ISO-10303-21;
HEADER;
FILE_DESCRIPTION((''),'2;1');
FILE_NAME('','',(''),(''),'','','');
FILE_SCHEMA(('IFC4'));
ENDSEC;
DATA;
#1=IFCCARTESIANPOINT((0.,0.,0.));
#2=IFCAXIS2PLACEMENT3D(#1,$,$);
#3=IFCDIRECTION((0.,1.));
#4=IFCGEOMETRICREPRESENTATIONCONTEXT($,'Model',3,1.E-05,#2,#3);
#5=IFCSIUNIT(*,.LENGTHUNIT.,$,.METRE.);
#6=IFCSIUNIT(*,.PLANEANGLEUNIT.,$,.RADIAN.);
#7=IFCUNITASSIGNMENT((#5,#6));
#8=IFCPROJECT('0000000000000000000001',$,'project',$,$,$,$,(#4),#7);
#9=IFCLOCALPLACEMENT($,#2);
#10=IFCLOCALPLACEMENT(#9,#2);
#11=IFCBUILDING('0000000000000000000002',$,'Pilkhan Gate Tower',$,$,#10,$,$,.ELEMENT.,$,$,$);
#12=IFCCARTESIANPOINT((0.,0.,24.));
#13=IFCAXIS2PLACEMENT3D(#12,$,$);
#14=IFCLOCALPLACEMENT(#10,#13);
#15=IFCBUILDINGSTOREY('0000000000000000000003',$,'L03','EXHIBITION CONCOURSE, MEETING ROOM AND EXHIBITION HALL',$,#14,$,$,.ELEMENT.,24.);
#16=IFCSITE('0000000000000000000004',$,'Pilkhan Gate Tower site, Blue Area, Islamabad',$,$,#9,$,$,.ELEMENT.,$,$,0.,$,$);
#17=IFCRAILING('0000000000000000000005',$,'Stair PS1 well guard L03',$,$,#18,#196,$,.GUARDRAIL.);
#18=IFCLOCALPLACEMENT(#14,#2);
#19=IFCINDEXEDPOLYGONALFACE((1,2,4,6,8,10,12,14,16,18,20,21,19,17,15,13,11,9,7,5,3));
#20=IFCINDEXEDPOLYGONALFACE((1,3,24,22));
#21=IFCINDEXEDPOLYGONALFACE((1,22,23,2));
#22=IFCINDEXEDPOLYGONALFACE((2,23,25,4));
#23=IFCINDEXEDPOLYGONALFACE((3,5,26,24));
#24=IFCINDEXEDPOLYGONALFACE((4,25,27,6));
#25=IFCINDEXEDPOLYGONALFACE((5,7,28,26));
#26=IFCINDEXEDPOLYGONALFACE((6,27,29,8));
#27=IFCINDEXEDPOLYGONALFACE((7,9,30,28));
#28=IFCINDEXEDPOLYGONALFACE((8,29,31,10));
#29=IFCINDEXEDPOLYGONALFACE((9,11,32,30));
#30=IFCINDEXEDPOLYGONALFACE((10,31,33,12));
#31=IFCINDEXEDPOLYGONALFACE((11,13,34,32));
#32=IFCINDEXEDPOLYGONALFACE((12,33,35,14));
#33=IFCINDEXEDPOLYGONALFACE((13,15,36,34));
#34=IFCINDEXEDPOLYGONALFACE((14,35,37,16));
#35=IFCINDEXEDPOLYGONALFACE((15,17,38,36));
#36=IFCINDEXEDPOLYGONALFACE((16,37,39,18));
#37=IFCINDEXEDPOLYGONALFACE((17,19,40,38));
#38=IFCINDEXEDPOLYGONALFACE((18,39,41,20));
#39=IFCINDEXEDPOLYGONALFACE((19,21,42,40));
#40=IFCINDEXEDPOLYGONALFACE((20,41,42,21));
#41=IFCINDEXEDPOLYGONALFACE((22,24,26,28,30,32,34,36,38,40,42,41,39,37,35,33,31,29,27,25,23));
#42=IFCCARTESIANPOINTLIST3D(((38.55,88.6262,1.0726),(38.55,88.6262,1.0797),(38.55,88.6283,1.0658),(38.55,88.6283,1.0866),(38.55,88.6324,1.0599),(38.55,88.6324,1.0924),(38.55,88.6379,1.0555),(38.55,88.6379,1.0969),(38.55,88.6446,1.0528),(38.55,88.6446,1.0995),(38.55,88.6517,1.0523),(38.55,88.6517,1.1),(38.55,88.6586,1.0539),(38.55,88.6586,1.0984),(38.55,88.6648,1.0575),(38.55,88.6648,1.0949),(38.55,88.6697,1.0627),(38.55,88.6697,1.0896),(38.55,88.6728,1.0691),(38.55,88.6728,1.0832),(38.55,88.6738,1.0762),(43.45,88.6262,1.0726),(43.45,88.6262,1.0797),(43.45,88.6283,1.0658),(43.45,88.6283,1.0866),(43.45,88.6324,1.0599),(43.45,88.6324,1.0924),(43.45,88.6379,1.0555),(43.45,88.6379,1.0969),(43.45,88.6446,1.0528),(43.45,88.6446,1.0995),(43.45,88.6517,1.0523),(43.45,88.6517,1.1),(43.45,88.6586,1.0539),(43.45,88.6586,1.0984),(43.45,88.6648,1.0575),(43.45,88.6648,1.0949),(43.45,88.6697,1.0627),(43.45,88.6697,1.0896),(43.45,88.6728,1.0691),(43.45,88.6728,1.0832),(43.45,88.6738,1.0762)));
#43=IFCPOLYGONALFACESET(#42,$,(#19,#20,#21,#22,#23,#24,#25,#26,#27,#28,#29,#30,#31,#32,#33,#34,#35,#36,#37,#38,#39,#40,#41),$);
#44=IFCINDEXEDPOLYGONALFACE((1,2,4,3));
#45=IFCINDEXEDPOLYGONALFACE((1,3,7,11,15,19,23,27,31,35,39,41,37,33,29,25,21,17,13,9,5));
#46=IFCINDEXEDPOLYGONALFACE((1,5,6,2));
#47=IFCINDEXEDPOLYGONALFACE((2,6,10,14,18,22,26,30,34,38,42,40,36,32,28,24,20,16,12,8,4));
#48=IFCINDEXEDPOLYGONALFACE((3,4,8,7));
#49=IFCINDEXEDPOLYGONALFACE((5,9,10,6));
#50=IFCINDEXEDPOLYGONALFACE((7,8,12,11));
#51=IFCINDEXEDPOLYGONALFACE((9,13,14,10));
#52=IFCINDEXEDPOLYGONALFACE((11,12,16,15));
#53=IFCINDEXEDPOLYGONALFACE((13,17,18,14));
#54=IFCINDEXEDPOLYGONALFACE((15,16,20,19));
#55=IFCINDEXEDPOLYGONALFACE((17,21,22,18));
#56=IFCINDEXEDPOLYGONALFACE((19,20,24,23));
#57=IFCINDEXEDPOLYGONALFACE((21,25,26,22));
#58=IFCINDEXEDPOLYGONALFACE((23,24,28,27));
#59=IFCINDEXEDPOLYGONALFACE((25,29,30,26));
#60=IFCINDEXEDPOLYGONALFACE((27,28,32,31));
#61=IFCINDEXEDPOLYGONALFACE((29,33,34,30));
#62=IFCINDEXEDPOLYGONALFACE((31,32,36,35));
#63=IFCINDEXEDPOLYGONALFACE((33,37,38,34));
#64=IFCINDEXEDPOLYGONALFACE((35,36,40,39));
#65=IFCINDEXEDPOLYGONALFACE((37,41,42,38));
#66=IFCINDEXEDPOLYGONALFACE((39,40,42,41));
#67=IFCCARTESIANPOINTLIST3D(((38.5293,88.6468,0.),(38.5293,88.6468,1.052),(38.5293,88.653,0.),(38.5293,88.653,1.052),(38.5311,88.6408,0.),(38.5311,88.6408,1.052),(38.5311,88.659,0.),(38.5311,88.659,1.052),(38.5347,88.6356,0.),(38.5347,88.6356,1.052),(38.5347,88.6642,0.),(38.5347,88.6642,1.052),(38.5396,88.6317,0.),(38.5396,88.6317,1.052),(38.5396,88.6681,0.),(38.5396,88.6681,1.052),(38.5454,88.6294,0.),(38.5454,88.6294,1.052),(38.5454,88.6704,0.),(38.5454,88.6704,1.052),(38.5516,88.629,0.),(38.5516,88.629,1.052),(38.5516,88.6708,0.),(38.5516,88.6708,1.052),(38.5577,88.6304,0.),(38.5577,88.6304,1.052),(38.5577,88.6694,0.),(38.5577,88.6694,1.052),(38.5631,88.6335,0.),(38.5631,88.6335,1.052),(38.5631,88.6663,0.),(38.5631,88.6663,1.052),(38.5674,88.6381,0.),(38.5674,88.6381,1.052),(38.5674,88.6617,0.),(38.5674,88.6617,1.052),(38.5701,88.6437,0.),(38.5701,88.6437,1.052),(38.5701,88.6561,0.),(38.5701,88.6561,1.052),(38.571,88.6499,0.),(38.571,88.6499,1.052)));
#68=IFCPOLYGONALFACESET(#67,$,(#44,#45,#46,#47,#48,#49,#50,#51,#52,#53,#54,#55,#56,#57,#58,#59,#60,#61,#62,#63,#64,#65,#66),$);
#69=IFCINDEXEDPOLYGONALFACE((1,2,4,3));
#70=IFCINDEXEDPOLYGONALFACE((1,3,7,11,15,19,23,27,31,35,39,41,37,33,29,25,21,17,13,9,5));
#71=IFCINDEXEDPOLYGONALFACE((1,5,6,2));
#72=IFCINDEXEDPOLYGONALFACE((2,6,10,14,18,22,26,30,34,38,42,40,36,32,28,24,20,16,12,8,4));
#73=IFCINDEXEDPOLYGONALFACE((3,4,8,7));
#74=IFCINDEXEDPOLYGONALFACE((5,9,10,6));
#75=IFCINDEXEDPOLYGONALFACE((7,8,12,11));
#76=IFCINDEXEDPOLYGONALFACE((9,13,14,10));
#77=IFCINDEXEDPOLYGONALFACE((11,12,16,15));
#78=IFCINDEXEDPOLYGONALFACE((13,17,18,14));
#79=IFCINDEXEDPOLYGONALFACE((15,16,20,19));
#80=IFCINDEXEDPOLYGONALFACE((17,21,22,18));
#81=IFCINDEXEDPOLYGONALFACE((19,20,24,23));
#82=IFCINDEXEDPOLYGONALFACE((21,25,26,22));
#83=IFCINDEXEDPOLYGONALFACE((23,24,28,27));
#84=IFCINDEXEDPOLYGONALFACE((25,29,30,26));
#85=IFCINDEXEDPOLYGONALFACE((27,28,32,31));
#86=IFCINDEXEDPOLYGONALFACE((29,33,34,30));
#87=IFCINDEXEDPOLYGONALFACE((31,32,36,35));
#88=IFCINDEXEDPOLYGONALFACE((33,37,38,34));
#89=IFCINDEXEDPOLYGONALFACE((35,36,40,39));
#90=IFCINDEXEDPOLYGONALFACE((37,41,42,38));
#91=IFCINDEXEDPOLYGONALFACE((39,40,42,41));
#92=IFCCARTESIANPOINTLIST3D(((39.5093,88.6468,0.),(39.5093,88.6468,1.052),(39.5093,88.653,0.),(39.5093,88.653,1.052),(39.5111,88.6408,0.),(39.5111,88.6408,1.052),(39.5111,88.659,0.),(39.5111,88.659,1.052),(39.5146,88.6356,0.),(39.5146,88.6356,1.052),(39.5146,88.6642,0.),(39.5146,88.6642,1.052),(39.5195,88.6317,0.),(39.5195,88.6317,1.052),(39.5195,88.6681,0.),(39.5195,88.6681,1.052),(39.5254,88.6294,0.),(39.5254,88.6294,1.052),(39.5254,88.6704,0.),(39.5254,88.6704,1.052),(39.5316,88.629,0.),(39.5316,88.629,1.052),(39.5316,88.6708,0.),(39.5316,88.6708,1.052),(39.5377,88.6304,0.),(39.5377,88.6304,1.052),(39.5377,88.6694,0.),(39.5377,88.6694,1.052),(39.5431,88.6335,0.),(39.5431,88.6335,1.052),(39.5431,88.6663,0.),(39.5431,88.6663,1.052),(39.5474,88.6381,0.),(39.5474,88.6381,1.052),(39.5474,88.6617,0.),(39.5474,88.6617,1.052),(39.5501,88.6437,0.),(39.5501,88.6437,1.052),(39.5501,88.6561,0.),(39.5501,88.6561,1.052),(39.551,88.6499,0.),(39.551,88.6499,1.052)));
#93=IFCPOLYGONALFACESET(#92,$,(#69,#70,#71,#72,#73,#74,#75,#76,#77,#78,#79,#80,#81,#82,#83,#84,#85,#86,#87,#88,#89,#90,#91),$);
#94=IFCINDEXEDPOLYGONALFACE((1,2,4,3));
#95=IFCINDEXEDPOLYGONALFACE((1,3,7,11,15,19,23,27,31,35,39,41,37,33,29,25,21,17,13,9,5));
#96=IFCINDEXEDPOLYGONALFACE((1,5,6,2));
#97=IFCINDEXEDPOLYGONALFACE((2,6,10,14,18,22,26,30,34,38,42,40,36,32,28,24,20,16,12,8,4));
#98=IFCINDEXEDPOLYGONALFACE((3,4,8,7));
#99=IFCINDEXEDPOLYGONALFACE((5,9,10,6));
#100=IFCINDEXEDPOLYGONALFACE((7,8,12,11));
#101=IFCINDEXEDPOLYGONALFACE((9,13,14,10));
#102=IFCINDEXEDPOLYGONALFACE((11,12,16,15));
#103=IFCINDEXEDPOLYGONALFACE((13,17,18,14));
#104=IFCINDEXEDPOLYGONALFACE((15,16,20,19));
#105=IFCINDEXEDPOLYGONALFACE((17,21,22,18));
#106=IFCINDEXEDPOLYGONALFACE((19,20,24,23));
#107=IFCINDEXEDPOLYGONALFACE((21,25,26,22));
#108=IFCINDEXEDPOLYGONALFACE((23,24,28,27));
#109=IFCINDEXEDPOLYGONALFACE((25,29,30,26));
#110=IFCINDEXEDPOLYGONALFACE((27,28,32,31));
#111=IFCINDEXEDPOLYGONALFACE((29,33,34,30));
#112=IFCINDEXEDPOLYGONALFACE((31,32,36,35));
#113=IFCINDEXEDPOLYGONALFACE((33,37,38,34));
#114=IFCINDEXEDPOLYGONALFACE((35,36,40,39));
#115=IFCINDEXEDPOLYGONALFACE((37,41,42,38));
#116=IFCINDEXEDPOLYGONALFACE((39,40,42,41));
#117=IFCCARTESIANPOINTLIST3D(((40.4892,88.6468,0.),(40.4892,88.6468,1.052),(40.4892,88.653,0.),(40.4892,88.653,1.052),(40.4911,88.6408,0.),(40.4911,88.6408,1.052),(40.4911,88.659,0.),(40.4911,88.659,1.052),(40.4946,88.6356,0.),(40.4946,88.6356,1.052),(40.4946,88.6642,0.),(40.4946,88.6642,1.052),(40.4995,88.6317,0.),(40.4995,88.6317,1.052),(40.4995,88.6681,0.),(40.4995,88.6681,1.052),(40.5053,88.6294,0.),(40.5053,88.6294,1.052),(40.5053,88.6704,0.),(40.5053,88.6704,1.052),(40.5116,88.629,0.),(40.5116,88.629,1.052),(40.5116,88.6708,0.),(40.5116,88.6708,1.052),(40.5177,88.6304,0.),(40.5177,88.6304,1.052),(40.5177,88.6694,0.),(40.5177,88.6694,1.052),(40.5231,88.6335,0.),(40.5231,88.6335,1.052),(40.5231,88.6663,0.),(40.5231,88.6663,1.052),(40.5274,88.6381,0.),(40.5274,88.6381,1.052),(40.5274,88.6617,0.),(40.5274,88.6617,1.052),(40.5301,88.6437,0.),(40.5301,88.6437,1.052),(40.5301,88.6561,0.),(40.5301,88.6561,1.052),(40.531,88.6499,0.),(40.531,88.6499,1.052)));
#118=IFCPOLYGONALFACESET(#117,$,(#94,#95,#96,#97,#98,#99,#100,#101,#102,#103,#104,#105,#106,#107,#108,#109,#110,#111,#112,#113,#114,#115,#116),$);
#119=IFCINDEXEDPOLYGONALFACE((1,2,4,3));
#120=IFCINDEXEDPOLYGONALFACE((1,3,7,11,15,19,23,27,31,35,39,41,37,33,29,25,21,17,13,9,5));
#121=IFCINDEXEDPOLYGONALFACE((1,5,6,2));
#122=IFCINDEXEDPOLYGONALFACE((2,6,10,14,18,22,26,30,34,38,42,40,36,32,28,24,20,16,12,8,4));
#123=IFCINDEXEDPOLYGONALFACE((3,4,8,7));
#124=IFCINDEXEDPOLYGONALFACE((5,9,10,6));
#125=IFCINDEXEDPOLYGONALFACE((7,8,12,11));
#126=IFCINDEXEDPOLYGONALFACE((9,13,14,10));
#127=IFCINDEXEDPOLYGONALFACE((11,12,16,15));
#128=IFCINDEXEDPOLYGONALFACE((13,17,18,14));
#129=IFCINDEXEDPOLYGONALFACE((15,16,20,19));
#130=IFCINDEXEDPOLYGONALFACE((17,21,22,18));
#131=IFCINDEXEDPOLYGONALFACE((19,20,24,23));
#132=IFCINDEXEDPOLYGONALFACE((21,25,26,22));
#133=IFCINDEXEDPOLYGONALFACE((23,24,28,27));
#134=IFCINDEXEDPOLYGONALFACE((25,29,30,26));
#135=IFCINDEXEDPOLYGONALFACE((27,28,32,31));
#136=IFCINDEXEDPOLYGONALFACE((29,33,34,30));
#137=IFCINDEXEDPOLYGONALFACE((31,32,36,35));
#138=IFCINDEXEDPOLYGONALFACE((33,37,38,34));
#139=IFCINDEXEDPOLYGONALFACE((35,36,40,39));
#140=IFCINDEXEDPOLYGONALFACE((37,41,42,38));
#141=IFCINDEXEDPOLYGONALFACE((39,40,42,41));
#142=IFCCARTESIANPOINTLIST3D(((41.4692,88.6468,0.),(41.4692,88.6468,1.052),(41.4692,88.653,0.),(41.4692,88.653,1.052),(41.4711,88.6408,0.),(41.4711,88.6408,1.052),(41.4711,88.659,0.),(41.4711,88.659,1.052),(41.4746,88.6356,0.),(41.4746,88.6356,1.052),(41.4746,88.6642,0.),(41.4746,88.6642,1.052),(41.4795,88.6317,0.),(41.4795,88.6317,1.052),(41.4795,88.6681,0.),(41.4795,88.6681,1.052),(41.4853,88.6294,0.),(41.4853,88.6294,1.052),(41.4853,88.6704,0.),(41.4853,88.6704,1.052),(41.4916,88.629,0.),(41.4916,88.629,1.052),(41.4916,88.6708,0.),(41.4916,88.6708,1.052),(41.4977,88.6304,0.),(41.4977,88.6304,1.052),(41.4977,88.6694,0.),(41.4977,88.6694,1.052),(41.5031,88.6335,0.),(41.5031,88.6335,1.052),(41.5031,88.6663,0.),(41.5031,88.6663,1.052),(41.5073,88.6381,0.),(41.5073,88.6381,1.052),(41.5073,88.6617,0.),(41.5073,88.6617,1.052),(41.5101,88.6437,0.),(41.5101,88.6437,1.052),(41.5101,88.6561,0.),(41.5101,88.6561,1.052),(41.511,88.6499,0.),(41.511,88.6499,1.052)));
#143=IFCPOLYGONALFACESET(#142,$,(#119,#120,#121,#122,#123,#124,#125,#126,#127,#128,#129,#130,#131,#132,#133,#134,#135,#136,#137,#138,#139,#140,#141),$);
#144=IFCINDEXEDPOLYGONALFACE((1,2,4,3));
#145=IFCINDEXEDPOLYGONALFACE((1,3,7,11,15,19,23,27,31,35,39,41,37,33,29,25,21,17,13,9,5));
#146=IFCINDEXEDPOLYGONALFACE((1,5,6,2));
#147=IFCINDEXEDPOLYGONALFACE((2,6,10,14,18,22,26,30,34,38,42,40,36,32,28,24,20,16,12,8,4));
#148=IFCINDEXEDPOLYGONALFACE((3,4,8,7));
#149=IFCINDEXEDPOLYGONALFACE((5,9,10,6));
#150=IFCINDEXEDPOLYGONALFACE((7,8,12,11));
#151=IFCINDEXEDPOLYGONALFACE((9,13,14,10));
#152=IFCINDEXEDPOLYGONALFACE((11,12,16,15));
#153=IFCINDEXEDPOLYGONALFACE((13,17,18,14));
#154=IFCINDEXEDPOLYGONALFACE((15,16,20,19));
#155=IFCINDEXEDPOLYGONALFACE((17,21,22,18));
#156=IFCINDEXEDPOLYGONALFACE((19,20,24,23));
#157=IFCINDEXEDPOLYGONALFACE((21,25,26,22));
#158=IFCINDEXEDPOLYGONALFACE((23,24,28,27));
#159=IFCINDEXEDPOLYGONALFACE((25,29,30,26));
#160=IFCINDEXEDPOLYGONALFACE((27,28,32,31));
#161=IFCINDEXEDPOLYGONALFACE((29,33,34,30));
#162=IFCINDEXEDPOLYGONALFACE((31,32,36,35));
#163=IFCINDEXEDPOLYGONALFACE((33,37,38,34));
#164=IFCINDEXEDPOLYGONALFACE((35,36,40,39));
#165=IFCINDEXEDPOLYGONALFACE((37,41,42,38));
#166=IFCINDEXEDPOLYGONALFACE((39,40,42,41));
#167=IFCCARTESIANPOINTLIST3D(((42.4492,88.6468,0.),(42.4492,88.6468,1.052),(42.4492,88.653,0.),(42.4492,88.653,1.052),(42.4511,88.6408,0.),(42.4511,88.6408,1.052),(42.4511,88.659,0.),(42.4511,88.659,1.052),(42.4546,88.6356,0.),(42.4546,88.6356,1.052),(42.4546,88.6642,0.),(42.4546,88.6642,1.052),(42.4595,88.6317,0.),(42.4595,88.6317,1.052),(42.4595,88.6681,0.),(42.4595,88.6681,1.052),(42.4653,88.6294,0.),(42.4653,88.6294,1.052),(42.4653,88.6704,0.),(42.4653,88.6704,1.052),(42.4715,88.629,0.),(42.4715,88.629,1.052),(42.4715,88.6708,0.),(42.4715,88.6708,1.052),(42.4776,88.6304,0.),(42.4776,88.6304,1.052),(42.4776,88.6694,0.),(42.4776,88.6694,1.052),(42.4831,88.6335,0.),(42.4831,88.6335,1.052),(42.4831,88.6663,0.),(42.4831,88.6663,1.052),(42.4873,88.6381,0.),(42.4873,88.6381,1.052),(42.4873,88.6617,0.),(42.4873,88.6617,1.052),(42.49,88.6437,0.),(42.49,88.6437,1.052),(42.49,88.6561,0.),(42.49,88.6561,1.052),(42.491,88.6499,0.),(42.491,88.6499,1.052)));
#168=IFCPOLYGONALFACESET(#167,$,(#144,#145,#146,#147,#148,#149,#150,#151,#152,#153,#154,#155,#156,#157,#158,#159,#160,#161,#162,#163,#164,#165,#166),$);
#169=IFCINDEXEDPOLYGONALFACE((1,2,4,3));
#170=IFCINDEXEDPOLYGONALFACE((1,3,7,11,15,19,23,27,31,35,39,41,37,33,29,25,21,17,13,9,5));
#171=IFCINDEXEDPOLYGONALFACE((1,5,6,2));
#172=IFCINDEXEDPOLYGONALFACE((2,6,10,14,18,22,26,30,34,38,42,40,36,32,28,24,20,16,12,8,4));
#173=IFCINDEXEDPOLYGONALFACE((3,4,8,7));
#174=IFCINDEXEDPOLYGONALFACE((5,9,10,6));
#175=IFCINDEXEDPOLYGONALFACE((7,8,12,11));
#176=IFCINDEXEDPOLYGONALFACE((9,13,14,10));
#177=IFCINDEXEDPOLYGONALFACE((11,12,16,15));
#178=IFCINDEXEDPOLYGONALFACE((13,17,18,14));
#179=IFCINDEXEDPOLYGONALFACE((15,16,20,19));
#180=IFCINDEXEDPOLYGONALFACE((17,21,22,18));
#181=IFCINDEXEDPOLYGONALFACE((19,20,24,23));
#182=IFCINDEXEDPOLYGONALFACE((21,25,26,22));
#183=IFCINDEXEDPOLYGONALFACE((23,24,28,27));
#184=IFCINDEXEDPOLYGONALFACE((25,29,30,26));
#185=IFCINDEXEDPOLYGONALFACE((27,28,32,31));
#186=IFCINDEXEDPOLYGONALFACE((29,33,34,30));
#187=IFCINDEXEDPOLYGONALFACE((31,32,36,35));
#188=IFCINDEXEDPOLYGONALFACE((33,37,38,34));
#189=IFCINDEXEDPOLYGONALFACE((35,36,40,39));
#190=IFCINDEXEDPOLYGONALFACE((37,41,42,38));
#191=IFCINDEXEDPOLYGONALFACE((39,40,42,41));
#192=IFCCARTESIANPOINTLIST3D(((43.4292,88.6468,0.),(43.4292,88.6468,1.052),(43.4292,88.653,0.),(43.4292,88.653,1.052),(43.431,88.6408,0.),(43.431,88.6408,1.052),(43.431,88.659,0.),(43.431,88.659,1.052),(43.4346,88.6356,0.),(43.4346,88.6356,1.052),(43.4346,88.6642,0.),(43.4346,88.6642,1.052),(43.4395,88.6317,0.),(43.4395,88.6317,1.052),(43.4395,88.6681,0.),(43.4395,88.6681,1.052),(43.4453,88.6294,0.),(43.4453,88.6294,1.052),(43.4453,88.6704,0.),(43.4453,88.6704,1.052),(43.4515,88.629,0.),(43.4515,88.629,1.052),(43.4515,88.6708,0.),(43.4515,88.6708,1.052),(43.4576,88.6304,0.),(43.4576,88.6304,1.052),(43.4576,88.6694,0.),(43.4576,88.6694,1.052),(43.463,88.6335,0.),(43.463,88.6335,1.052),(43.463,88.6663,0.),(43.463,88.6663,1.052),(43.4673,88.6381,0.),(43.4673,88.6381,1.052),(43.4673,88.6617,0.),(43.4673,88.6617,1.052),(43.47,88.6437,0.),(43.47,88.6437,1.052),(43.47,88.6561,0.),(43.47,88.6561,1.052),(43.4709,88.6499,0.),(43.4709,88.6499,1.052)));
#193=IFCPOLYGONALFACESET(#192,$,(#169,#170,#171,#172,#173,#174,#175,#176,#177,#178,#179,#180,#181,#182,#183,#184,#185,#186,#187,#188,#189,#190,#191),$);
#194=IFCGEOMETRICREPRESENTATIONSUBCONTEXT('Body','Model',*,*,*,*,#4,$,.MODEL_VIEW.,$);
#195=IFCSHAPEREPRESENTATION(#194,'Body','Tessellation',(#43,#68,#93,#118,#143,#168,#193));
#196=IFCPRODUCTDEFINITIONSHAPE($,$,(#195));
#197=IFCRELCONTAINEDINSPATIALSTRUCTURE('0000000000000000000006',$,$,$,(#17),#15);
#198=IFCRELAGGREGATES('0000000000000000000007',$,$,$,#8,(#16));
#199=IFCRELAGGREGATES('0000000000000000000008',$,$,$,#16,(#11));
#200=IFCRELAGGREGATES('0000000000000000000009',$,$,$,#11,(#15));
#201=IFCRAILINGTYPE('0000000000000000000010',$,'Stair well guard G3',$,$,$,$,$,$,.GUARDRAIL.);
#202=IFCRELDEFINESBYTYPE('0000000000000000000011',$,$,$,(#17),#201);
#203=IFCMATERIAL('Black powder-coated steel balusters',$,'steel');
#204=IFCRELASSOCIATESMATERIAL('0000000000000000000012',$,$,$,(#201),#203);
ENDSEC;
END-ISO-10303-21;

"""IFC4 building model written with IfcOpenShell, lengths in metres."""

from ifc_helpers import new_model, si_unit, direction, frame, origin, origin_2d, place, context, subcontext, project, spatial, circle, extrude, material, type_object, element, save


model = new_model("IFC4")

# Units and contexts
model_context = context("Model", 3, precision=1e-05, world=origin(), true_north=direction((0.0, 1.0)))
body_context = subcontext(model_context, "Body", "Model", "MODEL_VIEW")
ifc_project = project(units=[si_unit("LENGTHUNIT", "METRE"), si_unit("PLANEANGLEUNIT", "RADIAN")], contexts=[model_context])

# Site, building, storey
site_placement = place(None, origin())
site = spatial("IfcSite", under=ifc_project, at=site_placement, Name="Pilkhan Gate Tower site, Blue Area, Islamabad", CompositionType="ELEMENT", RefElevation=0.0)
building_placement = place(site_placement, origin())
building = spatial("IfcBuilding", under=site, at=building_placement, Name="Pilkhan Gate Tower", CompositionType="ELEMENT")
storey_placement = place(building_placement, frame((0.0, 0.0, 24.0)))
storey = spatial("IfcBuildingStorey", under=building, at=storey_placement, Name="L03", Description="EXHIBITION CONCOURSE, MEETING ROOM AND EXHIBITION HALL", CompositionType="ELEMENT", Elevation=24.0)

# Railing
ifc_material_1 = material(Name="Black powder-coated steel balusters", Category="steel")
railing_type = type_object("IfcRailingType", Name="Stair well guard G3", PredefinedType="GUARDRAIL", material=ifc_material_1)
railing_1_placement = place(storey_placement, frame((38.55, 88.6499, 0.0)))
element("IfcRailing", 1, at=railing_1_placement, inside=storey, type_object=railing_type, Name="Stair PS1 well guard L03", PredefinedType="GUARDRAIL", context=body_context, shape_type="SweptSolid", body=[
    extrude(circle(Radius=0.0239, at=origin_2d()), frame((0.0, 0.0, 1.0762), z_axis=(1.0, 0.0, 0.0), x_axis=(0.0, 1.0, 0.0)), (0.0, 0.0, 1.0), 4.8999),
    extrude(circle(Radius=0.021, at=origin_2d()), origin(), (0.0, 0.0, 1.0), 1.052),
    extrude(circle(Radius=0.021, at=origin_2d()), frame((0.98, 0.0, 0.0)), (0.0, 0.0, 1.0), 1.052),
    extrude(circle(Radius=0.021, at=origin_2d()), frame((1.96, 0.0, 0.0)), (0.0, 0.0, 1.0), 1.052),
    extrude(circle(Radius=0.021, at=origin_2d()), frame((2.9399, 0.0, 0.0)), (0.0, 0.0, 1.0), 1.052),
    extrude(circle(Radius=0.021, at=origin_2d()), frame((3.9199, 0.0, 0.0)), (0.0, 0.0, 1.0), 1.052),
    extrude(circle(Radius=0.021, at=origin_2d()), frame((4.8999, 0.0, 0.0)), (0.0, 0.0, 1.0), 1.052),
])

save(model, "model.ifc")
